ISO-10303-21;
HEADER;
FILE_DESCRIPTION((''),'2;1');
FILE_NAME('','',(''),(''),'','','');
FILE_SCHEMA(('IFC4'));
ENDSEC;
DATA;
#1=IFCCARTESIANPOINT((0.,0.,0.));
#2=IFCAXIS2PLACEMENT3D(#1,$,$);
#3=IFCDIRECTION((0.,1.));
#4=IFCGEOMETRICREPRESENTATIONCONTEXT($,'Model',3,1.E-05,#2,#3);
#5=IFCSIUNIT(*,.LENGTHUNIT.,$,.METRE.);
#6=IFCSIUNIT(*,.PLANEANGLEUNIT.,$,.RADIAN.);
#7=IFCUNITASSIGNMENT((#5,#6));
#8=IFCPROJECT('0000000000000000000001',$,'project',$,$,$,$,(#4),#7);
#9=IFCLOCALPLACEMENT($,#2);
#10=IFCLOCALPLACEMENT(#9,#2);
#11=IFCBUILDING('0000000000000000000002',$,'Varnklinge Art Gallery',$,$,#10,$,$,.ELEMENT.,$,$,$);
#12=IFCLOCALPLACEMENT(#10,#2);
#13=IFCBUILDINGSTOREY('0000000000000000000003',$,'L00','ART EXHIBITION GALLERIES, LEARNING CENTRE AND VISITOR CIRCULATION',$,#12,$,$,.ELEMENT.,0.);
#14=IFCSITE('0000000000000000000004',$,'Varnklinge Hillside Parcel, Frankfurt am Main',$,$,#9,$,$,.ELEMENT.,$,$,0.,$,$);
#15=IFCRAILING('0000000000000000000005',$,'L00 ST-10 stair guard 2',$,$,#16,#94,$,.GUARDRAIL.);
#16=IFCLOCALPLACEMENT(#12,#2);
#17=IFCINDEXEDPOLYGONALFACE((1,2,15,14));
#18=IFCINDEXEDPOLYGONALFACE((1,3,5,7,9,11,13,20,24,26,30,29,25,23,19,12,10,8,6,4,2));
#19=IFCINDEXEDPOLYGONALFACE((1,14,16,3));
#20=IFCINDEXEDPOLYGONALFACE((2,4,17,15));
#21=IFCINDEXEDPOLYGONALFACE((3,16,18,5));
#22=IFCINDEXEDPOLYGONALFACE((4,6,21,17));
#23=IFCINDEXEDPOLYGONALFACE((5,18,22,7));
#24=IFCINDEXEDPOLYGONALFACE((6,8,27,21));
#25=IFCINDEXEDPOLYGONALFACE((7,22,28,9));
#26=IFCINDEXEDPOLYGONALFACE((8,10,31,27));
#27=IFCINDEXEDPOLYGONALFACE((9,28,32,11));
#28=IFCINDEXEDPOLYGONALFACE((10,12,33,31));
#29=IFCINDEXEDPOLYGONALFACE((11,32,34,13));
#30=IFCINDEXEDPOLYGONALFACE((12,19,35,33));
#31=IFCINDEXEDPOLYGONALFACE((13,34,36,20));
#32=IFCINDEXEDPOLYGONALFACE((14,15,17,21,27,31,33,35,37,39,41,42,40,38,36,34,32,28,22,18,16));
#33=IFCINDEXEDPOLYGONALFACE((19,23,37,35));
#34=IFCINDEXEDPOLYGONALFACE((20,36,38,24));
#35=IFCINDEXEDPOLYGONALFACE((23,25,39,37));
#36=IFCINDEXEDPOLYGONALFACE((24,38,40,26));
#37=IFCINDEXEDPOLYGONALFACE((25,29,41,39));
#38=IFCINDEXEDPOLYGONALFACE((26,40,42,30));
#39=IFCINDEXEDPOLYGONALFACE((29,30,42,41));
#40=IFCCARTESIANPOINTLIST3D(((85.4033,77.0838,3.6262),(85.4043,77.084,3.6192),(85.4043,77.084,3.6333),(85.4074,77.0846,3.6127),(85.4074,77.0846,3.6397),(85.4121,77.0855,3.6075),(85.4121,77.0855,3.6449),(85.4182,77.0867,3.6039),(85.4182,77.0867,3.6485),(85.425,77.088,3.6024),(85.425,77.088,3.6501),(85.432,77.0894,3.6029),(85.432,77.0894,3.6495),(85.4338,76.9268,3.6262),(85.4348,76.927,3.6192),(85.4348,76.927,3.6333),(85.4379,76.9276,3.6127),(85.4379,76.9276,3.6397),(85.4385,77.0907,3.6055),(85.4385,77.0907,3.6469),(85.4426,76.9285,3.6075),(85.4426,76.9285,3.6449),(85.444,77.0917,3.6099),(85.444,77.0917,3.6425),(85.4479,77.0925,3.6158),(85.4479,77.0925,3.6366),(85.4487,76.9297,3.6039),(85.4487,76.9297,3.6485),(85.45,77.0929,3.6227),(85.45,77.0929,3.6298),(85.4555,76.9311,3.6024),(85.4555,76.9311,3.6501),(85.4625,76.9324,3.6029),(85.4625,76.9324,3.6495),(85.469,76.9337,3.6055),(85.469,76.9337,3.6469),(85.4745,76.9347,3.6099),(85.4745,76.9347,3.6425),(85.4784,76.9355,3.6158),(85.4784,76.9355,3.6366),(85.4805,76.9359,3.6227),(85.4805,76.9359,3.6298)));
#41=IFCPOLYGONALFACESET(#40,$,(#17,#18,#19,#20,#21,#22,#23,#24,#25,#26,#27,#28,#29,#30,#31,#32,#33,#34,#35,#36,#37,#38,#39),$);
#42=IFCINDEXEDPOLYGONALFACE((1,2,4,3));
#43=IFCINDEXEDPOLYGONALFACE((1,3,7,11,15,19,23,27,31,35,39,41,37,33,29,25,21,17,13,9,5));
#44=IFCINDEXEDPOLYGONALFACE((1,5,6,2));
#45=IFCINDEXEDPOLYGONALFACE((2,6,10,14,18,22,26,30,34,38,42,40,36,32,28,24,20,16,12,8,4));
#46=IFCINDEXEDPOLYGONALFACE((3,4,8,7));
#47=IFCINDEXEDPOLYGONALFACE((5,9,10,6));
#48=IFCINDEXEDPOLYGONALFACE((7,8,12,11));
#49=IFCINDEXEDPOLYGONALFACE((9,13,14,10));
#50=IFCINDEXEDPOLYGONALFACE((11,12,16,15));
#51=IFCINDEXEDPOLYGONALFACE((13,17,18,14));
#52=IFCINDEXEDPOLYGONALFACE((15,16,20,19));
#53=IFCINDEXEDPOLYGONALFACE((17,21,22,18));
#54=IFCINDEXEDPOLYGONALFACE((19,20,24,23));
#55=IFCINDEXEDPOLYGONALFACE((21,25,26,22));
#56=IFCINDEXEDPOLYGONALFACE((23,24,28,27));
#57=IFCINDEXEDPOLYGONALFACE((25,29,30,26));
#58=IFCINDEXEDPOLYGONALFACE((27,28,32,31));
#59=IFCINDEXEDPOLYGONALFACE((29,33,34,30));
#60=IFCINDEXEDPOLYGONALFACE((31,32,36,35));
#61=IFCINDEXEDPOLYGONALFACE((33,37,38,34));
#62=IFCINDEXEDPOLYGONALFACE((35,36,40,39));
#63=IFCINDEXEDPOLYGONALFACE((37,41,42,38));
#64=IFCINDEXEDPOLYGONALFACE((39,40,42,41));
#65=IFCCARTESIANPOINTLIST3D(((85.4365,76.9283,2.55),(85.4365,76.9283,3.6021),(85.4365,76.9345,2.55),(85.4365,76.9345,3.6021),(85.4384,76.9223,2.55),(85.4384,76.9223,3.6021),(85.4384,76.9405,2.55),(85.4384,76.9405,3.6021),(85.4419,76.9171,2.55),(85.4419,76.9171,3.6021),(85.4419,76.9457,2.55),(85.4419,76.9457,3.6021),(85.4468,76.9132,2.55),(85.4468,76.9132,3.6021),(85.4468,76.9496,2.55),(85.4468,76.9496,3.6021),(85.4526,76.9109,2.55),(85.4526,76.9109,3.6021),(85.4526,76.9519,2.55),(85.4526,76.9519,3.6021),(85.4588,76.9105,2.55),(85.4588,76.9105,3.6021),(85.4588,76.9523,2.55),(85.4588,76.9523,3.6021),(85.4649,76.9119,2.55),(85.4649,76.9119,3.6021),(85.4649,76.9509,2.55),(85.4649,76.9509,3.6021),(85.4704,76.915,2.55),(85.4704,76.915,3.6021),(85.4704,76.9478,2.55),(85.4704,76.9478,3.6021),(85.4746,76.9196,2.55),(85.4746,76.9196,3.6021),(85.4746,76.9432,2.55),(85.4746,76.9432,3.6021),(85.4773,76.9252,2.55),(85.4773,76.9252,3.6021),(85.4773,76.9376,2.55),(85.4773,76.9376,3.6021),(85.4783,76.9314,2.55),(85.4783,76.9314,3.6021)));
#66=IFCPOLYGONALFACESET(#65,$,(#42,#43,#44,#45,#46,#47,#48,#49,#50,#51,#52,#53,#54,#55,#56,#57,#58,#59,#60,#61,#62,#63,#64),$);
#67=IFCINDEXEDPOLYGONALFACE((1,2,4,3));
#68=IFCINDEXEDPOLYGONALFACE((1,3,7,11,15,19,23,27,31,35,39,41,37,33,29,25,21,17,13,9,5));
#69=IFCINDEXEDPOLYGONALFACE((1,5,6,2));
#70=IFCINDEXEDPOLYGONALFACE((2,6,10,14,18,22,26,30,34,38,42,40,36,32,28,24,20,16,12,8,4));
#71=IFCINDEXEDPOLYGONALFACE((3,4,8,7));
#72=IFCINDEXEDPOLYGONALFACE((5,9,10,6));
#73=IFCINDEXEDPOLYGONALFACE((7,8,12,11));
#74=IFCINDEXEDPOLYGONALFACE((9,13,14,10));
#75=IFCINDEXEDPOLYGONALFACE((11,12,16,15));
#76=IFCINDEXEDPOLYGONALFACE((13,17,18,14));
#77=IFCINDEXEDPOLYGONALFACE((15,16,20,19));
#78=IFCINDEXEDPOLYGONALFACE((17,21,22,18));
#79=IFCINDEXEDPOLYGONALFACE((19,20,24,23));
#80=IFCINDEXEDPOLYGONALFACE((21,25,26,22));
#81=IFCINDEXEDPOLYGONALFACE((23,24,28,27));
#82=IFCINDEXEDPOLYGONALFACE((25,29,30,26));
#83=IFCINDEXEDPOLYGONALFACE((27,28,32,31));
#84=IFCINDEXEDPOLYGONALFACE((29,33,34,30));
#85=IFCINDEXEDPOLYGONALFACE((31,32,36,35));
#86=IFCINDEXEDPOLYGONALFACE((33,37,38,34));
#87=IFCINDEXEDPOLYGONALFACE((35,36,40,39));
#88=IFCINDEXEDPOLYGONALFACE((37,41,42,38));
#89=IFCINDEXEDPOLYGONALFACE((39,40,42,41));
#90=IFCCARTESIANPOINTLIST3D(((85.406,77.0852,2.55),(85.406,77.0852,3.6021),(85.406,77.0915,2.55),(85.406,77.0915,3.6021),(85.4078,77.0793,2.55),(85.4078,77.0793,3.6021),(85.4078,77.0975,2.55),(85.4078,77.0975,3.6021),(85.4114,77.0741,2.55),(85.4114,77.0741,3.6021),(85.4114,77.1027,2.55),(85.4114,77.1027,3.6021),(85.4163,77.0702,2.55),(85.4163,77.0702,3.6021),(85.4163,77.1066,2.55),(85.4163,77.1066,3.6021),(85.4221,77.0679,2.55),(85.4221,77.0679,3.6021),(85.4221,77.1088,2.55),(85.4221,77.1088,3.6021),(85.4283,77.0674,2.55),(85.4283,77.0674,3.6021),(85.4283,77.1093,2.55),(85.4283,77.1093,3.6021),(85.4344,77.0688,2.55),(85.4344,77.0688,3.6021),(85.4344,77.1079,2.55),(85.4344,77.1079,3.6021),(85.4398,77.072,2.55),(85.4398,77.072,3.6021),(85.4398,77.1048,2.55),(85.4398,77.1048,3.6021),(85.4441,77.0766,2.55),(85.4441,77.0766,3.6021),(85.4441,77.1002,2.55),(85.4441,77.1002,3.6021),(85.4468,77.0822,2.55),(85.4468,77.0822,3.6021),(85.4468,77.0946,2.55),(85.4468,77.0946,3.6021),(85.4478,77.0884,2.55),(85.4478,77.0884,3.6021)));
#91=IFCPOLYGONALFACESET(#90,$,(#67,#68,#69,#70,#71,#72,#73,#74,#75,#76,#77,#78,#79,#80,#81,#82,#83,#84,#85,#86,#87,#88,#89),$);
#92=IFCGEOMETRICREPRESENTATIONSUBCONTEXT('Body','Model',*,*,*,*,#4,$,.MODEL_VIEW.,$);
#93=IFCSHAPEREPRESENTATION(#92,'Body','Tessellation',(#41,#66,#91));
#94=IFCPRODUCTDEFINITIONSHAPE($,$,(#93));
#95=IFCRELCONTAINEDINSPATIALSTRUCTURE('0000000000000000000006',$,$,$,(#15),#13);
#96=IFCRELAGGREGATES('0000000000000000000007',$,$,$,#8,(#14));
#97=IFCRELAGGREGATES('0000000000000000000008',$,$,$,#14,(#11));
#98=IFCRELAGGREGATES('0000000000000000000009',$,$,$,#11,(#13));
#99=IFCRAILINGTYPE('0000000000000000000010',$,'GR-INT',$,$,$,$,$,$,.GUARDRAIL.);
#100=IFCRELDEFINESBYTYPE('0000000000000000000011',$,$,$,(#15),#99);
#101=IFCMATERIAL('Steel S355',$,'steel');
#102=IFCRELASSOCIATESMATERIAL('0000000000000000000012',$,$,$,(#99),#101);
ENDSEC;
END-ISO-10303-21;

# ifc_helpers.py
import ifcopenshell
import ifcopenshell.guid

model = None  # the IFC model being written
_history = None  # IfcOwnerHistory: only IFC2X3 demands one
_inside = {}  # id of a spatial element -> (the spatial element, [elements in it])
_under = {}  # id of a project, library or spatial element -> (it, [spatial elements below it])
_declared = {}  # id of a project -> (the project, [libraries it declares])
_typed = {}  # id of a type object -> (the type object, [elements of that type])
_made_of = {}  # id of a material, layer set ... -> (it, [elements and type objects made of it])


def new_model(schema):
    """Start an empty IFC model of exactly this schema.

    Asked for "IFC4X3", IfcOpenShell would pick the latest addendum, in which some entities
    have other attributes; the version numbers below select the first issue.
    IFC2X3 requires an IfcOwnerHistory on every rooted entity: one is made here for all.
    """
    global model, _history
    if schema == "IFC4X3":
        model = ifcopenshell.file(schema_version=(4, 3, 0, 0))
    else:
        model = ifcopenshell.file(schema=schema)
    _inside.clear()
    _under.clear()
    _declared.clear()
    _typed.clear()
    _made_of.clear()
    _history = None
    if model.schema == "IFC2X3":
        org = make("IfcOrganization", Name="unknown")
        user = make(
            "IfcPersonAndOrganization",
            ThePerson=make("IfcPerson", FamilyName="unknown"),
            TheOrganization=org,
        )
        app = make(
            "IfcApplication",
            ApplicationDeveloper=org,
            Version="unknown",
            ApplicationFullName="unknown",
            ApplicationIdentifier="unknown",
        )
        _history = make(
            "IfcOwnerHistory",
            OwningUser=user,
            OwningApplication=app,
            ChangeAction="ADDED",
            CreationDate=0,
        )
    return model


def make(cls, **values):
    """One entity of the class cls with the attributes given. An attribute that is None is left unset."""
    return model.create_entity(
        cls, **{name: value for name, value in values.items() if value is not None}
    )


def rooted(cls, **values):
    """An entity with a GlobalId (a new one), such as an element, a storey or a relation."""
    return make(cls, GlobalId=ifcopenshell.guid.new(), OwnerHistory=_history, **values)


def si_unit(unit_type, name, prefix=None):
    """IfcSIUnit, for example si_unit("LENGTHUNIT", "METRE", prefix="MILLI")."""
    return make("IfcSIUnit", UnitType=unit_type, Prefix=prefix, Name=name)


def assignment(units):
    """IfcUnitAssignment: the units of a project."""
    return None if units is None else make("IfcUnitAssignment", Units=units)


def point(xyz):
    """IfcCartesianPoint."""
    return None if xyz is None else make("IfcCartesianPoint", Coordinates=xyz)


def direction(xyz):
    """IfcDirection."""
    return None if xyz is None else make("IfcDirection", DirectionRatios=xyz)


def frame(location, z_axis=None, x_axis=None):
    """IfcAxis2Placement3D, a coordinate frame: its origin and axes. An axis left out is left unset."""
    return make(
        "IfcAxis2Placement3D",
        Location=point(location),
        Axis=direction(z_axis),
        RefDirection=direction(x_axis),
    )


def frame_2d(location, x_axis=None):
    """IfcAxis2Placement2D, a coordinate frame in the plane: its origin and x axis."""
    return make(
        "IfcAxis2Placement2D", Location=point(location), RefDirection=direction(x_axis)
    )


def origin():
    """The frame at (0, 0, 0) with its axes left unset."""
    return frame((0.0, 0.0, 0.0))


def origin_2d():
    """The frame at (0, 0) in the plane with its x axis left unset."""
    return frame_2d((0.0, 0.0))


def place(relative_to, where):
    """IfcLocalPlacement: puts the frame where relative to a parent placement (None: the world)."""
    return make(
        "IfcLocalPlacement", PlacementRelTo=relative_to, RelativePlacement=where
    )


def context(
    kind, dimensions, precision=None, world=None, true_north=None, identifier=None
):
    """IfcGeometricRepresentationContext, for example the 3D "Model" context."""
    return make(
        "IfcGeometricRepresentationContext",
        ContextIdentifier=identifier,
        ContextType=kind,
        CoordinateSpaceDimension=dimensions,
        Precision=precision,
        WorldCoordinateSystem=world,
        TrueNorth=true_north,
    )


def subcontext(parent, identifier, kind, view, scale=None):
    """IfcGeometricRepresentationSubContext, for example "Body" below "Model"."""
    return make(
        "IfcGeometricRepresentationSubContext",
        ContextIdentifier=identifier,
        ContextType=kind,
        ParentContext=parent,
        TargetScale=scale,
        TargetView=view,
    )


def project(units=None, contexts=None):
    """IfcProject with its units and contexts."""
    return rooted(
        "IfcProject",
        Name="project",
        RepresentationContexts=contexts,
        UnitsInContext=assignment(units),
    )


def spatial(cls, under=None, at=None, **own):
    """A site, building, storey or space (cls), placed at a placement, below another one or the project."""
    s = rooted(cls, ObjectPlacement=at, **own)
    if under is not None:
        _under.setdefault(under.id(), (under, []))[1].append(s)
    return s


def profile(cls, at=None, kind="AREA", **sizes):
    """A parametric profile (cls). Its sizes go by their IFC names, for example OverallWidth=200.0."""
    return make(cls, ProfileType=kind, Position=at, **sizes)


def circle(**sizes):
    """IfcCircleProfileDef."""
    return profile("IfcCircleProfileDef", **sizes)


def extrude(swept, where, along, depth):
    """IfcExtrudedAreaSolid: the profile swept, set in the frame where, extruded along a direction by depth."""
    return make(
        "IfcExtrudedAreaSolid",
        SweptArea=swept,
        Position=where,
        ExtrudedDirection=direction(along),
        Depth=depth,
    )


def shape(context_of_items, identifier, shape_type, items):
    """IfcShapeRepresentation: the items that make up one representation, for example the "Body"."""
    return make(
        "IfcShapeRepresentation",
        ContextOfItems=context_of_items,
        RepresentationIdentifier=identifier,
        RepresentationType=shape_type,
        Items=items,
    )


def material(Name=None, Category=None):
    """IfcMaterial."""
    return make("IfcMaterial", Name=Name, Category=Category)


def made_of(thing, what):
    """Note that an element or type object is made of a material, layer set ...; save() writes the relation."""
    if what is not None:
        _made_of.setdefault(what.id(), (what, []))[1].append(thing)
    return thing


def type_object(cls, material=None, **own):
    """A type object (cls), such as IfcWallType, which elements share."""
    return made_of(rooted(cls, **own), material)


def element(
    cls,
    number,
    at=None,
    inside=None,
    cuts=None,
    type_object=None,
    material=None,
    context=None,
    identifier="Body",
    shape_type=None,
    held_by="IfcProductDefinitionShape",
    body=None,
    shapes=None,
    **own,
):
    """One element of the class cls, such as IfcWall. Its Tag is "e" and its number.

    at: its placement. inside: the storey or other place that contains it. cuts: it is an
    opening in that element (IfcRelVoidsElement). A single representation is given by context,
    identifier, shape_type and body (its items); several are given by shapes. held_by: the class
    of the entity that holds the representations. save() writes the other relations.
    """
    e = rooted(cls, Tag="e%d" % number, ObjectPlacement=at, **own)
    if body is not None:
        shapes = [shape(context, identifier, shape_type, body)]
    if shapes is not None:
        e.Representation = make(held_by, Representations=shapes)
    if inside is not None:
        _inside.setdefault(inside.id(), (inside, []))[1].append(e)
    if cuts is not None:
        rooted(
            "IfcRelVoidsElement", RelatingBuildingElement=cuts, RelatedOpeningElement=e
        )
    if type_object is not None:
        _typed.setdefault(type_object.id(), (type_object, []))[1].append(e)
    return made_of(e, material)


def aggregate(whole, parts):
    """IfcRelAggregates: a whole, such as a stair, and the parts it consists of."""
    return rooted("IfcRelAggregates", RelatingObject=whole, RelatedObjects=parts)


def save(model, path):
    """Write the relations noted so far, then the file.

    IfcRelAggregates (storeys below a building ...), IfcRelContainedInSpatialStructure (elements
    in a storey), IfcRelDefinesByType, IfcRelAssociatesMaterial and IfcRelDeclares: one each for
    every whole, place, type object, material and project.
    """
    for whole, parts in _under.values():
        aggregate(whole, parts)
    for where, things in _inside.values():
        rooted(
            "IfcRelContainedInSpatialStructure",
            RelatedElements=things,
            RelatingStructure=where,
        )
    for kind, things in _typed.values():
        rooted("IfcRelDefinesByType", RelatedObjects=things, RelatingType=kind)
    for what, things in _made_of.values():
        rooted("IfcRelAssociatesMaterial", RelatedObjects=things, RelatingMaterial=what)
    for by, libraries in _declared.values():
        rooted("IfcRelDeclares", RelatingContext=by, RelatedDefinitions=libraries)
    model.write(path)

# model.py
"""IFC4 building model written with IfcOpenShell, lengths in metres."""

from ifc_helpers import new_model, si_unit, direction, frame, origin, origin_2d, place, context, subcontext, project, spatial, circle, extrude, material, type_object, element, save


model = new_model("IFC4")

# Units and contexts
model_context = context("Model", 3, precision=1e-05, world=origin(), true_north=direction((0.0, 1.0)))
body_context = subcontext(model_context, "Body", "Model", "MODEL_VIEW")
ifc_project = project(units=[si_unit("LENGTHUNIT", "METRE"), si_unit("PLANEANGLEUNIT", "RADIAN")], contexts=[model_context])

# Site, building, storey
site_placement = place(None, origin())
site = spatial("IfcSite", under=ifc_project, at=site_placement, Name="Varnklinge Hillside Parcel, Frankfurt am Main", CompositionType="ELEMENT", RefElevation=0.0)
building_placement = place(site_placement, origin())
building = spatial("IfcBuilding", under=site, at=building_placement, Name="Varnklinge Art Gallery", CompositionType="ELEMENT")
storey_placement = place(building_placement, origin())
storey = spatial("IfcBuildingStorey", under=building, at=storey_placement, Name="L00", Description="ART EXHIBITION GALLERIES, LEARNING CENTRE AND VISITOR CIRCULATION", CompositionType="ELEMENT", Elevation=0.0)

# Railing
ifc_material_1 = material(Name="Steel S355", Category="steel")
railing_type_1 = type_object("IfcRailingType", Name="GR-INT", PredefinedType="GUARDRAIL", material=ifc_material_1)
railing_1_placement = place(storey_placement, frame((85.4573, 76.9314, 2.55)))
element("IfcRailing", 1, at=railing_1_placement, inside=storey, type_object=railing_type_1, Name="L00 ST-10 stair guard 2", PredefinedType="GUARDRAIL", context=body_context, shape_type="SweptSolid", body=[
    extrude(circle(Radius=0.0239, at=origin_2d()), frame((0.0, 0.0, 1.0762), z_axis=(-0.190829, 0.981623, 0.0), x_axis=(-0.981623, -0.190829, 0.0)), (0.0, 0.0, 1.0), 0.1599),
    extrude(circle(Radius=0.021, at=origin_2d()), origin(), (0.0, 0.0, 1.0), 1.052),
    extrude(circle(Radius=0.021, at=origin_2d()), frame((-0.0305, 0.157, 0.0)), (0.0, 0.0, 1.0), 1.052),
])

save(model, "model.ifc")
